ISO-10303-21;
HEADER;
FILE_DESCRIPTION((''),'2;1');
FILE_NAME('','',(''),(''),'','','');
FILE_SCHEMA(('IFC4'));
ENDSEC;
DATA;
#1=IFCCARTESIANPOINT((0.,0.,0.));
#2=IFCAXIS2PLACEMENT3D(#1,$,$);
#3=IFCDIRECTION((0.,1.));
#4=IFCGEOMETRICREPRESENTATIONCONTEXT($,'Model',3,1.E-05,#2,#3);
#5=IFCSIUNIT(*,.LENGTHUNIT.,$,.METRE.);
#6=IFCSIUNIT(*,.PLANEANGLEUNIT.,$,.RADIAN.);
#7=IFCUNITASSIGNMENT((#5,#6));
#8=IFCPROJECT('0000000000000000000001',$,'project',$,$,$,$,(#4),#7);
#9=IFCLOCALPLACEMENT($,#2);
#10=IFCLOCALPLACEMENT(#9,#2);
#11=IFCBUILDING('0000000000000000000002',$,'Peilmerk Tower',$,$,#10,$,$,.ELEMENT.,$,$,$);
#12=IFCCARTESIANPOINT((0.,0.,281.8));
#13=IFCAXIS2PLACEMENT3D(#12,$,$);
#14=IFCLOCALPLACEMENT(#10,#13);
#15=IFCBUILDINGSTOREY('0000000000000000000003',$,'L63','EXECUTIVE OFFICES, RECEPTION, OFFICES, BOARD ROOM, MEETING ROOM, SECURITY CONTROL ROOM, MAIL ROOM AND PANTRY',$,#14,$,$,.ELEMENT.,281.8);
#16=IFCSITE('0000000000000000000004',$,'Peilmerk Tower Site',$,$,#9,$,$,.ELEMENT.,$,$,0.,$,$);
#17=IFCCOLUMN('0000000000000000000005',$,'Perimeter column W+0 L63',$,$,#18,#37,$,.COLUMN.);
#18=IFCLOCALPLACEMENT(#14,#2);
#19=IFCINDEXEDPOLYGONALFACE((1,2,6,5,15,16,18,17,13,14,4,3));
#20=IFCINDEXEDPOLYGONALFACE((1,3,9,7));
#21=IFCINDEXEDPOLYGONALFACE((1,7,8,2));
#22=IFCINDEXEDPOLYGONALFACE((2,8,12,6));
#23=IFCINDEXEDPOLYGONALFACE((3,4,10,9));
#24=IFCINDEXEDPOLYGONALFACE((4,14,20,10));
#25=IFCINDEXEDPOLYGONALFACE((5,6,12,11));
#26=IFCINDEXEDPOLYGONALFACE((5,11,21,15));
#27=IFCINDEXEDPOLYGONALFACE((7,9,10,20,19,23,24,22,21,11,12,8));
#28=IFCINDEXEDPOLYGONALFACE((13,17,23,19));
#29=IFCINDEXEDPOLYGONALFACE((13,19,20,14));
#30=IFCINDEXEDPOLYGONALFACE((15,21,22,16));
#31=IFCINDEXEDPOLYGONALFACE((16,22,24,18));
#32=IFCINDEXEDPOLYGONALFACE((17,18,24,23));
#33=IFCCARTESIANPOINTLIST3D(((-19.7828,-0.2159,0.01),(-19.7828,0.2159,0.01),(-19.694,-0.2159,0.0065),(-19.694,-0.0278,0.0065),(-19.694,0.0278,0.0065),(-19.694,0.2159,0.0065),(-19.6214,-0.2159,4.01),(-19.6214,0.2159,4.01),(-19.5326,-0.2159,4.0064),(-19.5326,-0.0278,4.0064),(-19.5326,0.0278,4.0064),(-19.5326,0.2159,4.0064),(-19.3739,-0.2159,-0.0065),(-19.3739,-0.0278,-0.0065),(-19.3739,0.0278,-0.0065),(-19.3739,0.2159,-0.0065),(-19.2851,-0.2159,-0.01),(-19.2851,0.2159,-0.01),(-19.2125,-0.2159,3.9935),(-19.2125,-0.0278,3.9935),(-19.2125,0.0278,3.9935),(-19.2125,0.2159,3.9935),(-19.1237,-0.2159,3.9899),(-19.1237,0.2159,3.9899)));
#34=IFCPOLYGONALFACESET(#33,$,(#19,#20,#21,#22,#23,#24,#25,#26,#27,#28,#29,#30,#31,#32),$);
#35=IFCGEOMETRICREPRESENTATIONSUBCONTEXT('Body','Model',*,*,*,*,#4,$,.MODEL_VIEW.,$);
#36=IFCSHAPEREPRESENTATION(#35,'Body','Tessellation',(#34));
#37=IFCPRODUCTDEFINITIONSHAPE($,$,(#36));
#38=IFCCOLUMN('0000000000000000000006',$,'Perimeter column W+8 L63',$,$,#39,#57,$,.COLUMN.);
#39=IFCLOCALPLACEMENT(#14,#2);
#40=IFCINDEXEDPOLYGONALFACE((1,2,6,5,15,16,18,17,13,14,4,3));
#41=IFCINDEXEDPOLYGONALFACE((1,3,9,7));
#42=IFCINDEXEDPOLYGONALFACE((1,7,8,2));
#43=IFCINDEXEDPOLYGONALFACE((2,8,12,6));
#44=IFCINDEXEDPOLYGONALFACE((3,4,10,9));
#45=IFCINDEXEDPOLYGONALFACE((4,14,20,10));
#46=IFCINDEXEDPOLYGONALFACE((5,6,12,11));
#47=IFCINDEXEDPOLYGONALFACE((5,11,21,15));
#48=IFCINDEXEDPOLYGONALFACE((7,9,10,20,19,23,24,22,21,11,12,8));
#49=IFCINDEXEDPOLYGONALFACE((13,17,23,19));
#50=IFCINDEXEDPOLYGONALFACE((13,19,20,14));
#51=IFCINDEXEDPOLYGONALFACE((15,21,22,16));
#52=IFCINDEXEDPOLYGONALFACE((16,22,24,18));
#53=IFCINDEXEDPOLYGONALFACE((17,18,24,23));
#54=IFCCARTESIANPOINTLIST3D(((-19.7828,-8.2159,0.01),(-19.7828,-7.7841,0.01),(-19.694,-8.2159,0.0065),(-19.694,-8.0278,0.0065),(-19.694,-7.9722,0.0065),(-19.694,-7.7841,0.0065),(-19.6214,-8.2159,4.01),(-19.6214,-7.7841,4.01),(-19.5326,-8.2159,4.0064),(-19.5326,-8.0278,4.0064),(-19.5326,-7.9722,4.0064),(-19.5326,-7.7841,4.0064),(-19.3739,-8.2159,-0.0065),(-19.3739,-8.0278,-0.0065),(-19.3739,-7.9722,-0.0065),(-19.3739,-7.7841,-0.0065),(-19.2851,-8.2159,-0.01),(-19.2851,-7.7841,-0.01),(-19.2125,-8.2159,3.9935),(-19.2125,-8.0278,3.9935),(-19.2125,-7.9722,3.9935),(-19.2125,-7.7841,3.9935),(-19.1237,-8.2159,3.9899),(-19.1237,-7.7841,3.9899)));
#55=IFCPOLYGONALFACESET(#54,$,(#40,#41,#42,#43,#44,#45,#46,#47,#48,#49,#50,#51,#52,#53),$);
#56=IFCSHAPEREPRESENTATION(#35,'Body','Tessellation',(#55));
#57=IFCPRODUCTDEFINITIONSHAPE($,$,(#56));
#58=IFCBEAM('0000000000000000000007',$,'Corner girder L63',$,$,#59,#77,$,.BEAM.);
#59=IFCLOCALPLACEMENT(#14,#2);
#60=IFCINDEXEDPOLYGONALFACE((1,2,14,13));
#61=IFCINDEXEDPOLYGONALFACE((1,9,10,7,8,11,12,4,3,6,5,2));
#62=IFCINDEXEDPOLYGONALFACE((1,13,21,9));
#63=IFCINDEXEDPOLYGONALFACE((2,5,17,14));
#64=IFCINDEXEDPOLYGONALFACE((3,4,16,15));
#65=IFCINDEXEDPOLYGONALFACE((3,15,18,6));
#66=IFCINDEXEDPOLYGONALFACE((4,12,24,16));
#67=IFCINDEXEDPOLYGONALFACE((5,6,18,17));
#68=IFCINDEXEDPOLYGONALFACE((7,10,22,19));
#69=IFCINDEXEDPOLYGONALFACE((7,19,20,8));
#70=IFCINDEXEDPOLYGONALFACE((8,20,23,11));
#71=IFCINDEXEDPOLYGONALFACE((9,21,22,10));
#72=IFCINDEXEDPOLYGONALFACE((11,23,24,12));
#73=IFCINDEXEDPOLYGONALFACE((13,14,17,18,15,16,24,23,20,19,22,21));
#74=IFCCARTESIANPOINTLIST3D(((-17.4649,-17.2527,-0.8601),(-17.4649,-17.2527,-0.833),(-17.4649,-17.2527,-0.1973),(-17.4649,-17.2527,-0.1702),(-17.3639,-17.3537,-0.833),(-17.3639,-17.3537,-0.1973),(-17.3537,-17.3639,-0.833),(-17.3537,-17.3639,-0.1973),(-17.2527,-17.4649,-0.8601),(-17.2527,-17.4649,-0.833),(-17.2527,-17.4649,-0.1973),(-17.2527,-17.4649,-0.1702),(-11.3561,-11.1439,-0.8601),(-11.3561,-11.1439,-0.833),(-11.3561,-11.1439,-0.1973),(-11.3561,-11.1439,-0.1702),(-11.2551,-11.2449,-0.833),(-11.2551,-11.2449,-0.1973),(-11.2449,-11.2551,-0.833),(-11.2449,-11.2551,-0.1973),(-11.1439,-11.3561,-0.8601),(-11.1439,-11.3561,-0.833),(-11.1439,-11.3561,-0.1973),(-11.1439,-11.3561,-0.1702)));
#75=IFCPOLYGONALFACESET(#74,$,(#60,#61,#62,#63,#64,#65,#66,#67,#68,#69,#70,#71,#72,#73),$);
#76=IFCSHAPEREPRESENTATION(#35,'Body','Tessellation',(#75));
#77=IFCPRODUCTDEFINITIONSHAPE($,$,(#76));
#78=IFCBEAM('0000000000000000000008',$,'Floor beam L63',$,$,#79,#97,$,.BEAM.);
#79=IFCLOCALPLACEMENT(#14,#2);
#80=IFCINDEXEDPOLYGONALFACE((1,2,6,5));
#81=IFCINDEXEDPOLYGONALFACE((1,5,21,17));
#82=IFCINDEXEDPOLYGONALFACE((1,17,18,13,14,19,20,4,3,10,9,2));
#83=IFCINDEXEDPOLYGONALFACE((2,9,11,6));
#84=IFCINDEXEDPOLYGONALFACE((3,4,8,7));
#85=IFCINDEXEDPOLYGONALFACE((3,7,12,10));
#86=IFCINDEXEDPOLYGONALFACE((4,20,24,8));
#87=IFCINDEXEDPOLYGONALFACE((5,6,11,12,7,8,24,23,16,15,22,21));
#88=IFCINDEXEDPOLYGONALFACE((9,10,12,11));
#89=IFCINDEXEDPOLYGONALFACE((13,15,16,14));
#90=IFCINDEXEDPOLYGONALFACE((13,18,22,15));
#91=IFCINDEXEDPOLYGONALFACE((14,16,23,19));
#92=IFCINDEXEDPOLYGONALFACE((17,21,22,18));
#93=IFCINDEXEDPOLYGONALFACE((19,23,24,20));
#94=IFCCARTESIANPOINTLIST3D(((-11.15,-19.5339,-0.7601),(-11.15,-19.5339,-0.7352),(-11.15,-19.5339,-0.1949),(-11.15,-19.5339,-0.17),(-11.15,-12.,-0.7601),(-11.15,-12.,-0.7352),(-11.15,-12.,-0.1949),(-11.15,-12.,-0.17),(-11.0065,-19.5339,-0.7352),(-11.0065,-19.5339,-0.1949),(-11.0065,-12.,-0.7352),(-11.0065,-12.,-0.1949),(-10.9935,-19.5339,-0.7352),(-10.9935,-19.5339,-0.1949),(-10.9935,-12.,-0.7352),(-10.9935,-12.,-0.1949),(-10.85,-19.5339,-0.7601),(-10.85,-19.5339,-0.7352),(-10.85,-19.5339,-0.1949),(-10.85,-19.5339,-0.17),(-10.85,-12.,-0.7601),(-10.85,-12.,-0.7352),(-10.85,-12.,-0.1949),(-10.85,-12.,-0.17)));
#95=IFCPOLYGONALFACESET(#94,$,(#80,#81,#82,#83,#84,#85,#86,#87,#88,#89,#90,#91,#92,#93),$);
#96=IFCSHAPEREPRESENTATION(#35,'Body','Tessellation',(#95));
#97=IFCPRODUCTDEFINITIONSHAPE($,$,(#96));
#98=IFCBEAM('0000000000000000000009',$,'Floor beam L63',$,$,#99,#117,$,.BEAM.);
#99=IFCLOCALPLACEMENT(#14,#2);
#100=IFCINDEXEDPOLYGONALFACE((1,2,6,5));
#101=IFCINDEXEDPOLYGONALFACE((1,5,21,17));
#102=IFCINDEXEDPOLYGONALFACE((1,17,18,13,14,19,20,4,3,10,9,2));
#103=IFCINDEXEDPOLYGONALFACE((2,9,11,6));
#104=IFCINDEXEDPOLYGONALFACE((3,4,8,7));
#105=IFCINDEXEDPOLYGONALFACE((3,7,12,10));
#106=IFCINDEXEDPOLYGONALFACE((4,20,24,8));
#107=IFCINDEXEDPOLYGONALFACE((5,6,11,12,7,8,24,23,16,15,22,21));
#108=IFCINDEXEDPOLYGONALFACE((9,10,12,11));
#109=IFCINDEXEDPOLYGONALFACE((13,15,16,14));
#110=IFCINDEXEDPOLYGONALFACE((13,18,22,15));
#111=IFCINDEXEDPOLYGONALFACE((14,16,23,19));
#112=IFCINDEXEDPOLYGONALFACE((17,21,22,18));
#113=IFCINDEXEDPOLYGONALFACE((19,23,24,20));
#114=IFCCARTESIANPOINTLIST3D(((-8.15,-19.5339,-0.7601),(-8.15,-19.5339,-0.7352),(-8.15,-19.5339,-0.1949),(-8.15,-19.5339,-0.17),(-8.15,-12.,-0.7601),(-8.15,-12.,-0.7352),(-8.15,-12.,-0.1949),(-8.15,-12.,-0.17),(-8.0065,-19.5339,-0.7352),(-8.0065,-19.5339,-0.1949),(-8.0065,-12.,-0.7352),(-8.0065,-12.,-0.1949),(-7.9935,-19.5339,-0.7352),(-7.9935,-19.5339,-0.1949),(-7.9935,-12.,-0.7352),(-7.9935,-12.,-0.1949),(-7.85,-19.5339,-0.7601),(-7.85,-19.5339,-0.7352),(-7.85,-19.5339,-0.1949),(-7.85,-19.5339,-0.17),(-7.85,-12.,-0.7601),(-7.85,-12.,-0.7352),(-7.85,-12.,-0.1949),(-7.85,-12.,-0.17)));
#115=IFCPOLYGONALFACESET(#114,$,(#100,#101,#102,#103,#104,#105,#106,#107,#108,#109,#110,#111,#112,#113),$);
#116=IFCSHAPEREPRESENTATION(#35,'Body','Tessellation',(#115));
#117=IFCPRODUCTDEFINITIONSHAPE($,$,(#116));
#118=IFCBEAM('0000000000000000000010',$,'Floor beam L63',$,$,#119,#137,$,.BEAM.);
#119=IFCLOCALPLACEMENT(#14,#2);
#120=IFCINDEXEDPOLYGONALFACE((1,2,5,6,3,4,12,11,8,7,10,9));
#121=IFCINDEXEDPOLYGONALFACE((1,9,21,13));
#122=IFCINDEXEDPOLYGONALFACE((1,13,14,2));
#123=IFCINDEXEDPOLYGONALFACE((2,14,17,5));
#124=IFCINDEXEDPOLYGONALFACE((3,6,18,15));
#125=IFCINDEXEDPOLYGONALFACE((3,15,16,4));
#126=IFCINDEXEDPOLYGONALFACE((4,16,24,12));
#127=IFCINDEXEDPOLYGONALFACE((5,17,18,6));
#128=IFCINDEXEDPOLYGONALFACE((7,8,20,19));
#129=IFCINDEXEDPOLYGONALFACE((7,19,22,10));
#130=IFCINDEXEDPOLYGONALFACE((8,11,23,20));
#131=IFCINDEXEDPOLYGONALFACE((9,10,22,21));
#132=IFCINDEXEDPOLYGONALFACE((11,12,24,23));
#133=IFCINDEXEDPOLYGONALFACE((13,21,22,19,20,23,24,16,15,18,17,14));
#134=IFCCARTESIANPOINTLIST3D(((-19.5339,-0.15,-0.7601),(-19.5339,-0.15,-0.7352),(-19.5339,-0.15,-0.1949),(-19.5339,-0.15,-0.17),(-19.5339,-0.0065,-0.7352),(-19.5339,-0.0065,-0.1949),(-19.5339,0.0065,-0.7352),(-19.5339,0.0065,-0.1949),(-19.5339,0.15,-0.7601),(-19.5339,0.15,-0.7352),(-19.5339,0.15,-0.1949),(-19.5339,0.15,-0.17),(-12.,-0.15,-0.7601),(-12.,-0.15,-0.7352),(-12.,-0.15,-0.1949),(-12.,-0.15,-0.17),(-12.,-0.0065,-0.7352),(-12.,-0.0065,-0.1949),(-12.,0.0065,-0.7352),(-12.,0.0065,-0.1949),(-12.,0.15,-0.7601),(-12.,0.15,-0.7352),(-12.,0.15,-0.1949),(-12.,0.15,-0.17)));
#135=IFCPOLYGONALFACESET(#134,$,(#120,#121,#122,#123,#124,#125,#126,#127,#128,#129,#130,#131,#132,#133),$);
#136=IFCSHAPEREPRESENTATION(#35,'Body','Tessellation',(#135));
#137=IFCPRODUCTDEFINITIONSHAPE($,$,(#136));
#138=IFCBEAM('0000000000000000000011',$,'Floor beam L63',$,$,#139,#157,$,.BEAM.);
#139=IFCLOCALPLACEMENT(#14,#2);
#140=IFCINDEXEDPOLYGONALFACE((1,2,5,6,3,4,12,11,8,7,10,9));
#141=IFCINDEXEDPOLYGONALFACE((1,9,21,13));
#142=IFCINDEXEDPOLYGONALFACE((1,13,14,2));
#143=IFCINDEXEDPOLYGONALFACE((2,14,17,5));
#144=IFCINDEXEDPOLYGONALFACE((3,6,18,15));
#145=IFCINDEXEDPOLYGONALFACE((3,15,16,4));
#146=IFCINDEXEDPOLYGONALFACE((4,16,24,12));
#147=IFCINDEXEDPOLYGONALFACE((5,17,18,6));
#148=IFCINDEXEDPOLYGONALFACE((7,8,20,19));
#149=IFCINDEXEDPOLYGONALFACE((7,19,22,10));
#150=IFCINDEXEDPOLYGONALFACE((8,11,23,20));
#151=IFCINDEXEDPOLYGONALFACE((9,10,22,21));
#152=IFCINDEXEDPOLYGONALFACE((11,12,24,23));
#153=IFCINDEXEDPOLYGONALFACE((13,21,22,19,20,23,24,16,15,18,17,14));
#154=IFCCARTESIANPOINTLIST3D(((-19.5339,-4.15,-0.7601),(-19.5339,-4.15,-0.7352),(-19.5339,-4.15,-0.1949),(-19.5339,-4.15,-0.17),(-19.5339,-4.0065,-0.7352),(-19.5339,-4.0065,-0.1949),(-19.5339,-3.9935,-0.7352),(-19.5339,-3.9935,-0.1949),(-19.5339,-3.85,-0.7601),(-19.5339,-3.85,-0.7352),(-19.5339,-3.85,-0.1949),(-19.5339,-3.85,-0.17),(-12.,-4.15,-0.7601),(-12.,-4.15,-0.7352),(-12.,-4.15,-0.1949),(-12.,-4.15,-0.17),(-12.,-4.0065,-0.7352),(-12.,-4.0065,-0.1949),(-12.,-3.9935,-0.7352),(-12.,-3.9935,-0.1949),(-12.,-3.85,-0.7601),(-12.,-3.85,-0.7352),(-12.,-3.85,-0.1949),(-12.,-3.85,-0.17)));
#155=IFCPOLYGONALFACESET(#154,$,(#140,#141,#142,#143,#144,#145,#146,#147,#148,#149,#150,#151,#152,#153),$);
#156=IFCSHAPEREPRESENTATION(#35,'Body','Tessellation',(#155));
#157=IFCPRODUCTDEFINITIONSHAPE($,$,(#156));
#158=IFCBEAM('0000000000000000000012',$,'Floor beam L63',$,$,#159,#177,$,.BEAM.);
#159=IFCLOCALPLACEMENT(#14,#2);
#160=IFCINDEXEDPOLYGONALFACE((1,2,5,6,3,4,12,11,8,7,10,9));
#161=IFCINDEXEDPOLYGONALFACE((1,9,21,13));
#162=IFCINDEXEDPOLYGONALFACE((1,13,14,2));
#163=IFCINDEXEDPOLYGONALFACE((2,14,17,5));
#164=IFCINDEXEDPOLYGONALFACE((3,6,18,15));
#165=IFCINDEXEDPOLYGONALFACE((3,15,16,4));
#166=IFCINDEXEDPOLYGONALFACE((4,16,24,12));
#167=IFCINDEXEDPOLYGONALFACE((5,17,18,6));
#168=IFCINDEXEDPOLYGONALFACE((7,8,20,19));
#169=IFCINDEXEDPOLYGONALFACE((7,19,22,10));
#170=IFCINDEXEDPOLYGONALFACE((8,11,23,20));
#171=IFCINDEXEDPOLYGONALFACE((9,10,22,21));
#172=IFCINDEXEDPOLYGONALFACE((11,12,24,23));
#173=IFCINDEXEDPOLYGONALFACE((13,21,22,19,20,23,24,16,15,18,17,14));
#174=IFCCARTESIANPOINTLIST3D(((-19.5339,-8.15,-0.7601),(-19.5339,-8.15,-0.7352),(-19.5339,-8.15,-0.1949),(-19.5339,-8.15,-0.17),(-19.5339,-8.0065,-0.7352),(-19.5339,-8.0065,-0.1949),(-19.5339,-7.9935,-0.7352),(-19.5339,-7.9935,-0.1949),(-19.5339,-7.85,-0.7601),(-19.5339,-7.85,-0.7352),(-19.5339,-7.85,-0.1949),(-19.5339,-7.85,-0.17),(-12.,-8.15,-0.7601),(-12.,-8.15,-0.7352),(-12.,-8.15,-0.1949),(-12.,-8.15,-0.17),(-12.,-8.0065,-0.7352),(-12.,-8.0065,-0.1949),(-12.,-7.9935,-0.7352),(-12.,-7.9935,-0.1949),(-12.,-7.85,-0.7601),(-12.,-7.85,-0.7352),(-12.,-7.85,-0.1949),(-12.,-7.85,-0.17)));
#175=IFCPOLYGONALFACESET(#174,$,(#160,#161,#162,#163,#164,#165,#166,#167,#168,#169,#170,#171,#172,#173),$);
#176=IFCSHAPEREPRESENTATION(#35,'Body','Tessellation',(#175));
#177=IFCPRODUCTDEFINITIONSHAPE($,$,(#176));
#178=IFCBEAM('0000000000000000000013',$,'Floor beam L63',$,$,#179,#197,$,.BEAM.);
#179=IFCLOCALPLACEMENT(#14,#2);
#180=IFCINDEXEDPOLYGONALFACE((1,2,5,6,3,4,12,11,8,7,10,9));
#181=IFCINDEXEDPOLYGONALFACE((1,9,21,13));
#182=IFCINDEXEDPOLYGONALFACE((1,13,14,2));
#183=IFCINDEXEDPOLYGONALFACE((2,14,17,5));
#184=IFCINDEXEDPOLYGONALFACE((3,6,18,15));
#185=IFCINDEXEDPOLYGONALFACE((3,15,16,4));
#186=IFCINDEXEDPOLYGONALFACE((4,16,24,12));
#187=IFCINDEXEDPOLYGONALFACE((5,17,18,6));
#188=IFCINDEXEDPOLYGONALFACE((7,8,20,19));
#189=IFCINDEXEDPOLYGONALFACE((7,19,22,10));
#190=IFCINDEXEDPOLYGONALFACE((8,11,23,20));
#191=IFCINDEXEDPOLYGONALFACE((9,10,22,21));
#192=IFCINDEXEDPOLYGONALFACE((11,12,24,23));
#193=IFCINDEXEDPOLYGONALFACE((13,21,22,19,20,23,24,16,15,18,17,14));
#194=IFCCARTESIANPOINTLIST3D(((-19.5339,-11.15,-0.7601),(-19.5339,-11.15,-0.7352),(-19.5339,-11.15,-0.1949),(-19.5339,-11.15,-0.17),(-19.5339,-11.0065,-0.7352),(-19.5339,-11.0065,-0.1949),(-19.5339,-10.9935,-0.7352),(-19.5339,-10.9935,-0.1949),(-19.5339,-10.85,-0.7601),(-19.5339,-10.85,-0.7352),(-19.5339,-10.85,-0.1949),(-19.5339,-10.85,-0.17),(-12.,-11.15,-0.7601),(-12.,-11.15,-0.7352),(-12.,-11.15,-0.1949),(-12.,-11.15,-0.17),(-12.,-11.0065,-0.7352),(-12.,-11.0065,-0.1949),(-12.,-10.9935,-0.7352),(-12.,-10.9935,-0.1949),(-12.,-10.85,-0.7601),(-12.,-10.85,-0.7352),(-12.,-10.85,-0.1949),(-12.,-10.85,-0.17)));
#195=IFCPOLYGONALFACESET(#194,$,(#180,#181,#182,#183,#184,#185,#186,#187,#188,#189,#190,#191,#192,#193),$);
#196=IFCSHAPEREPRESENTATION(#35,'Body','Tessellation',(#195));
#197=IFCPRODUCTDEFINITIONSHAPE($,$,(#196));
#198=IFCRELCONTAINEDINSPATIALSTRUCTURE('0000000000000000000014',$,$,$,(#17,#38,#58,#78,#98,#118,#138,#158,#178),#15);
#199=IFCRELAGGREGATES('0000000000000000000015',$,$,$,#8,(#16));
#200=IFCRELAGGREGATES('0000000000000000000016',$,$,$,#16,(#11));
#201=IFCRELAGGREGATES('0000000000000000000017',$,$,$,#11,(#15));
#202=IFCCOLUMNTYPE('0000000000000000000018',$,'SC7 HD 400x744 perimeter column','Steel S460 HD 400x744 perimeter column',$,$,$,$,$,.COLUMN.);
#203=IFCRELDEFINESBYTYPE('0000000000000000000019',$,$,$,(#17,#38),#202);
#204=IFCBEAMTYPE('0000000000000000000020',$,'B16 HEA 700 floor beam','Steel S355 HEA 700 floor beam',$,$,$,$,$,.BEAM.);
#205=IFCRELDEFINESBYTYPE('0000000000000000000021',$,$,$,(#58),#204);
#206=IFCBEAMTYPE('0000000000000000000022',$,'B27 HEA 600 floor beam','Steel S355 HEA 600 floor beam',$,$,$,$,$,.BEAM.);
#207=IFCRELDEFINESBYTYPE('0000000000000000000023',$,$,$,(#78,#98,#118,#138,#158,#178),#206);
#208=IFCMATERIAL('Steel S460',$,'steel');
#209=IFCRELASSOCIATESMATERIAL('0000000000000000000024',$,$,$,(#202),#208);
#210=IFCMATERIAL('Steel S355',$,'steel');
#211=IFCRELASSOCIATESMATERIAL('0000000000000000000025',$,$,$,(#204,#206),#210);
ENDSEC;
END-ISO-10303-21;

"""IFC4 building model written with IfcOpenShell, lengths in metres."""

from ifc_helpers import new_model, si_unit, direction, frame, origin, origin_2d, place, context, subcontext, project, spatial, i_section, extrude, material, material_profile, profile_set, type_object, element, save


model = new_model("IFC4")

# Units and contexts
model_context = context("Model", 3, precision=1e-05, world=origin(), true_north=direction((0.0, 1.0)))
body_context = subcontext(model_context, "Body", "Model", "MODEL_VIEW")
ifc_project = project(units=[si_unit("LENGTHUNIT", "METRE"), si_unit("PLANEANGLEUNIT", "RADIAN")], contexts=[model_context])

# Site, building, storey
site_placement = place(None, origin())
site = spatial("IfcSite", under=ifc_project, at=site_placement, Name="Peilmerk Tower Site", CompositionType="ELEMENT", RefElevation=0.0)
building_placement = place(site_placement, origin())
building = spatial("IfcBuilding", under=site, at=building_placement, Name="Peilmerk Tower", CompositionType="ELEMENT")
storey_placement = place(building_placement, frame((0.0, 0.0, 281.8)))
storey = spatial("IfcBuildingStorey", under=building, at=storey_placement, Name="L63", Description="EXECUTIVE OFFICES, RECEPTION, OFFICES, BOARD ROOM, MEETING ROOM, SECURITY CONTROL ROOM, MAIL ROOM AND PANTRY", CompositionType="ELEMENT", Elevation=281.8)

# Columns
ifc_material_1 = material(Name="Steel S460", Category="steel")
ifc_material_profile_1 = material_profile(ifc_material_1, i_section(OverallWidth=0.4319, OverallDepth=0.498, WebThickness=0.0557, FlangeThickness=0.0889, at=origin_2d()), Name="HD 400x744")
ifc_profile_set_1 = profile_set([ifc_material_profile_1], Name="Steel S460")
column_type = type_object("IfcColumnType", Name="SC7 HD 400x744 perimeter column", Description="Steel S460 HD 400x744 perimeter column", PredefinedType="COLUMN", material=ifc_profile_set_1)
for number, where, z_axis, x_axis, name in (
    (1, (-19.5339, 0.0, 0.0), (0.040311, 0.0, 0.999187), (0.0, 1.0, 0.0), "Perimeter column W+0 L63"),
    (2, (-19.5339, -8.0, 0.0), (0.040311, 0.0, 0.999187), (0.0, 1.0, 0.0), "Perimeter column W+8 L63"),
):
    element("IfcColumn", number, at=place(storey_placement, frame(where, z_axis=z_axis, x_axis=x_axis)), inside=storey, type_object=column_type, Name=name, PredefinedType="COLUMN", context=body_context, shape_type="SweptSolid", body=[
        extrude(i_section(OverallWidth=0.4319, OverallDepth=0.498, WebThickness=0.0557, FlangeThickness=0.0889, at=origin_2d()), origin(), (0.0, 0.0, 1.0), 4.0032),
    ])

# Beams
ifc_material_2 = material(Name="Steel S355", Category="steel")
ifc_material_profile_2 = material_profile(ifc_material_2, i_section(OverallWidth=0.3, OverallDepth=0.6899, WebThickness=0.0144, FlangeThickness=0.0271, at=origin_2d()), Name="HEA 700")
ifc_profile_set_2 = profile_set([ifc_material_profile_2], Name="Steel S355")
beam_type_1 = type_object("IfcBeamType", Name="B16 HEA 700 floor beam", Description="Steel S355 HEA 700 floor beam", PredefinedType="BEAM", material=ifc_profile_set_2)
beam_1_placement = place(storey_placement, frame((-11.25, -11.25, -0.5151), z_axis=(-0.707107, -0.707107, 0.0), x_axis=(0.707107, -0.707107, 0.0)))
element("IfcBeam", 3, at=beam_1_placement, inside=storey, type_object=beam_type_1, Name="Corner girder L63", PredefinedType="BEAM", context=body_context, shape_type="SweptSolid", body=[
    extrude(i_section(OverallWidth=0.3, OverallDepth=0.6899, WebThickness=0.0144, FlangeThickness=0.0271, at=origin_2d()), origin(), (0.0, 0.0, 1.0), 8.6392),
])
ifc_material_profile_3 = material_profile(ifc_material_2, i_section(OverallWidth=0.3, OverallDepth=0.5901, WebThickness=0.0129, FlangeThickness=0.0249, at=origin_2d()), Name="HEA 600")
ifc_profile_set_3 = profile_set([ifc_material_profile_3], Name="Steel S355")
beam_type_2 = type_object("IfcBeamType", Name="B27 HEA 600 floor beam", Description="Steel S355 HEA 600 floor beam", PredefinedType="BEAM", material=ifc_profile_set_3)
for number, where, z_axis, x_axis, name in (
    (4, (-11.0, -12.0, -0.4651), (0.0, -1.0, 0.0), (1.0, 0.0, 0.0), "Floor beam L63"),
    (5, (-8.0, -12.0, -0.4651), (0.0, -1.0, 0.0), (1.0, 0.0, 0.0), "Floor beam L63"),
    (6, (-12.0, 0.0, -0.4651), (-1.0, 0.0, 0.0), (0.0, -1.0, 0.0), "Floor beam L63"),
    (7, (-12.0, -4.0, -0.4651), (-1.0, 0.0, 0.0), (0.0, -1.0, 0.0), "Floor beam L63"),
    (8, (-12.0, -8.0, -0.4651), (-1.0, 0.0, 0.0), (0.0, -1.0, 0.0), "Floor beam L63"),
    (9, (-12.0, -11.0, -0.4651), (-1.0, 0.0, 0.0), (0.0, -1.0, 0.0), "Floor beam L63"),
):
    element("IfcBeam", number, at=place(storey_placement, frame(where, z_axis=z_axis, x_axis=x_axis)), inside=storey, type_object=beam_type_2, Name=name, PredefinedType="BEAM", context=body_context, shape_type="SweptSolid", body=[
        extrude(i_section(OverallWidth=0.3, OverallDepth=0.5901, WebThickness=0.0129, FlangeThickness=0.0249, at=origin_2d()), origin(), (0.0, 0.0, 1.0), 7.5339),
    ])

save(model, "model.ifc")
